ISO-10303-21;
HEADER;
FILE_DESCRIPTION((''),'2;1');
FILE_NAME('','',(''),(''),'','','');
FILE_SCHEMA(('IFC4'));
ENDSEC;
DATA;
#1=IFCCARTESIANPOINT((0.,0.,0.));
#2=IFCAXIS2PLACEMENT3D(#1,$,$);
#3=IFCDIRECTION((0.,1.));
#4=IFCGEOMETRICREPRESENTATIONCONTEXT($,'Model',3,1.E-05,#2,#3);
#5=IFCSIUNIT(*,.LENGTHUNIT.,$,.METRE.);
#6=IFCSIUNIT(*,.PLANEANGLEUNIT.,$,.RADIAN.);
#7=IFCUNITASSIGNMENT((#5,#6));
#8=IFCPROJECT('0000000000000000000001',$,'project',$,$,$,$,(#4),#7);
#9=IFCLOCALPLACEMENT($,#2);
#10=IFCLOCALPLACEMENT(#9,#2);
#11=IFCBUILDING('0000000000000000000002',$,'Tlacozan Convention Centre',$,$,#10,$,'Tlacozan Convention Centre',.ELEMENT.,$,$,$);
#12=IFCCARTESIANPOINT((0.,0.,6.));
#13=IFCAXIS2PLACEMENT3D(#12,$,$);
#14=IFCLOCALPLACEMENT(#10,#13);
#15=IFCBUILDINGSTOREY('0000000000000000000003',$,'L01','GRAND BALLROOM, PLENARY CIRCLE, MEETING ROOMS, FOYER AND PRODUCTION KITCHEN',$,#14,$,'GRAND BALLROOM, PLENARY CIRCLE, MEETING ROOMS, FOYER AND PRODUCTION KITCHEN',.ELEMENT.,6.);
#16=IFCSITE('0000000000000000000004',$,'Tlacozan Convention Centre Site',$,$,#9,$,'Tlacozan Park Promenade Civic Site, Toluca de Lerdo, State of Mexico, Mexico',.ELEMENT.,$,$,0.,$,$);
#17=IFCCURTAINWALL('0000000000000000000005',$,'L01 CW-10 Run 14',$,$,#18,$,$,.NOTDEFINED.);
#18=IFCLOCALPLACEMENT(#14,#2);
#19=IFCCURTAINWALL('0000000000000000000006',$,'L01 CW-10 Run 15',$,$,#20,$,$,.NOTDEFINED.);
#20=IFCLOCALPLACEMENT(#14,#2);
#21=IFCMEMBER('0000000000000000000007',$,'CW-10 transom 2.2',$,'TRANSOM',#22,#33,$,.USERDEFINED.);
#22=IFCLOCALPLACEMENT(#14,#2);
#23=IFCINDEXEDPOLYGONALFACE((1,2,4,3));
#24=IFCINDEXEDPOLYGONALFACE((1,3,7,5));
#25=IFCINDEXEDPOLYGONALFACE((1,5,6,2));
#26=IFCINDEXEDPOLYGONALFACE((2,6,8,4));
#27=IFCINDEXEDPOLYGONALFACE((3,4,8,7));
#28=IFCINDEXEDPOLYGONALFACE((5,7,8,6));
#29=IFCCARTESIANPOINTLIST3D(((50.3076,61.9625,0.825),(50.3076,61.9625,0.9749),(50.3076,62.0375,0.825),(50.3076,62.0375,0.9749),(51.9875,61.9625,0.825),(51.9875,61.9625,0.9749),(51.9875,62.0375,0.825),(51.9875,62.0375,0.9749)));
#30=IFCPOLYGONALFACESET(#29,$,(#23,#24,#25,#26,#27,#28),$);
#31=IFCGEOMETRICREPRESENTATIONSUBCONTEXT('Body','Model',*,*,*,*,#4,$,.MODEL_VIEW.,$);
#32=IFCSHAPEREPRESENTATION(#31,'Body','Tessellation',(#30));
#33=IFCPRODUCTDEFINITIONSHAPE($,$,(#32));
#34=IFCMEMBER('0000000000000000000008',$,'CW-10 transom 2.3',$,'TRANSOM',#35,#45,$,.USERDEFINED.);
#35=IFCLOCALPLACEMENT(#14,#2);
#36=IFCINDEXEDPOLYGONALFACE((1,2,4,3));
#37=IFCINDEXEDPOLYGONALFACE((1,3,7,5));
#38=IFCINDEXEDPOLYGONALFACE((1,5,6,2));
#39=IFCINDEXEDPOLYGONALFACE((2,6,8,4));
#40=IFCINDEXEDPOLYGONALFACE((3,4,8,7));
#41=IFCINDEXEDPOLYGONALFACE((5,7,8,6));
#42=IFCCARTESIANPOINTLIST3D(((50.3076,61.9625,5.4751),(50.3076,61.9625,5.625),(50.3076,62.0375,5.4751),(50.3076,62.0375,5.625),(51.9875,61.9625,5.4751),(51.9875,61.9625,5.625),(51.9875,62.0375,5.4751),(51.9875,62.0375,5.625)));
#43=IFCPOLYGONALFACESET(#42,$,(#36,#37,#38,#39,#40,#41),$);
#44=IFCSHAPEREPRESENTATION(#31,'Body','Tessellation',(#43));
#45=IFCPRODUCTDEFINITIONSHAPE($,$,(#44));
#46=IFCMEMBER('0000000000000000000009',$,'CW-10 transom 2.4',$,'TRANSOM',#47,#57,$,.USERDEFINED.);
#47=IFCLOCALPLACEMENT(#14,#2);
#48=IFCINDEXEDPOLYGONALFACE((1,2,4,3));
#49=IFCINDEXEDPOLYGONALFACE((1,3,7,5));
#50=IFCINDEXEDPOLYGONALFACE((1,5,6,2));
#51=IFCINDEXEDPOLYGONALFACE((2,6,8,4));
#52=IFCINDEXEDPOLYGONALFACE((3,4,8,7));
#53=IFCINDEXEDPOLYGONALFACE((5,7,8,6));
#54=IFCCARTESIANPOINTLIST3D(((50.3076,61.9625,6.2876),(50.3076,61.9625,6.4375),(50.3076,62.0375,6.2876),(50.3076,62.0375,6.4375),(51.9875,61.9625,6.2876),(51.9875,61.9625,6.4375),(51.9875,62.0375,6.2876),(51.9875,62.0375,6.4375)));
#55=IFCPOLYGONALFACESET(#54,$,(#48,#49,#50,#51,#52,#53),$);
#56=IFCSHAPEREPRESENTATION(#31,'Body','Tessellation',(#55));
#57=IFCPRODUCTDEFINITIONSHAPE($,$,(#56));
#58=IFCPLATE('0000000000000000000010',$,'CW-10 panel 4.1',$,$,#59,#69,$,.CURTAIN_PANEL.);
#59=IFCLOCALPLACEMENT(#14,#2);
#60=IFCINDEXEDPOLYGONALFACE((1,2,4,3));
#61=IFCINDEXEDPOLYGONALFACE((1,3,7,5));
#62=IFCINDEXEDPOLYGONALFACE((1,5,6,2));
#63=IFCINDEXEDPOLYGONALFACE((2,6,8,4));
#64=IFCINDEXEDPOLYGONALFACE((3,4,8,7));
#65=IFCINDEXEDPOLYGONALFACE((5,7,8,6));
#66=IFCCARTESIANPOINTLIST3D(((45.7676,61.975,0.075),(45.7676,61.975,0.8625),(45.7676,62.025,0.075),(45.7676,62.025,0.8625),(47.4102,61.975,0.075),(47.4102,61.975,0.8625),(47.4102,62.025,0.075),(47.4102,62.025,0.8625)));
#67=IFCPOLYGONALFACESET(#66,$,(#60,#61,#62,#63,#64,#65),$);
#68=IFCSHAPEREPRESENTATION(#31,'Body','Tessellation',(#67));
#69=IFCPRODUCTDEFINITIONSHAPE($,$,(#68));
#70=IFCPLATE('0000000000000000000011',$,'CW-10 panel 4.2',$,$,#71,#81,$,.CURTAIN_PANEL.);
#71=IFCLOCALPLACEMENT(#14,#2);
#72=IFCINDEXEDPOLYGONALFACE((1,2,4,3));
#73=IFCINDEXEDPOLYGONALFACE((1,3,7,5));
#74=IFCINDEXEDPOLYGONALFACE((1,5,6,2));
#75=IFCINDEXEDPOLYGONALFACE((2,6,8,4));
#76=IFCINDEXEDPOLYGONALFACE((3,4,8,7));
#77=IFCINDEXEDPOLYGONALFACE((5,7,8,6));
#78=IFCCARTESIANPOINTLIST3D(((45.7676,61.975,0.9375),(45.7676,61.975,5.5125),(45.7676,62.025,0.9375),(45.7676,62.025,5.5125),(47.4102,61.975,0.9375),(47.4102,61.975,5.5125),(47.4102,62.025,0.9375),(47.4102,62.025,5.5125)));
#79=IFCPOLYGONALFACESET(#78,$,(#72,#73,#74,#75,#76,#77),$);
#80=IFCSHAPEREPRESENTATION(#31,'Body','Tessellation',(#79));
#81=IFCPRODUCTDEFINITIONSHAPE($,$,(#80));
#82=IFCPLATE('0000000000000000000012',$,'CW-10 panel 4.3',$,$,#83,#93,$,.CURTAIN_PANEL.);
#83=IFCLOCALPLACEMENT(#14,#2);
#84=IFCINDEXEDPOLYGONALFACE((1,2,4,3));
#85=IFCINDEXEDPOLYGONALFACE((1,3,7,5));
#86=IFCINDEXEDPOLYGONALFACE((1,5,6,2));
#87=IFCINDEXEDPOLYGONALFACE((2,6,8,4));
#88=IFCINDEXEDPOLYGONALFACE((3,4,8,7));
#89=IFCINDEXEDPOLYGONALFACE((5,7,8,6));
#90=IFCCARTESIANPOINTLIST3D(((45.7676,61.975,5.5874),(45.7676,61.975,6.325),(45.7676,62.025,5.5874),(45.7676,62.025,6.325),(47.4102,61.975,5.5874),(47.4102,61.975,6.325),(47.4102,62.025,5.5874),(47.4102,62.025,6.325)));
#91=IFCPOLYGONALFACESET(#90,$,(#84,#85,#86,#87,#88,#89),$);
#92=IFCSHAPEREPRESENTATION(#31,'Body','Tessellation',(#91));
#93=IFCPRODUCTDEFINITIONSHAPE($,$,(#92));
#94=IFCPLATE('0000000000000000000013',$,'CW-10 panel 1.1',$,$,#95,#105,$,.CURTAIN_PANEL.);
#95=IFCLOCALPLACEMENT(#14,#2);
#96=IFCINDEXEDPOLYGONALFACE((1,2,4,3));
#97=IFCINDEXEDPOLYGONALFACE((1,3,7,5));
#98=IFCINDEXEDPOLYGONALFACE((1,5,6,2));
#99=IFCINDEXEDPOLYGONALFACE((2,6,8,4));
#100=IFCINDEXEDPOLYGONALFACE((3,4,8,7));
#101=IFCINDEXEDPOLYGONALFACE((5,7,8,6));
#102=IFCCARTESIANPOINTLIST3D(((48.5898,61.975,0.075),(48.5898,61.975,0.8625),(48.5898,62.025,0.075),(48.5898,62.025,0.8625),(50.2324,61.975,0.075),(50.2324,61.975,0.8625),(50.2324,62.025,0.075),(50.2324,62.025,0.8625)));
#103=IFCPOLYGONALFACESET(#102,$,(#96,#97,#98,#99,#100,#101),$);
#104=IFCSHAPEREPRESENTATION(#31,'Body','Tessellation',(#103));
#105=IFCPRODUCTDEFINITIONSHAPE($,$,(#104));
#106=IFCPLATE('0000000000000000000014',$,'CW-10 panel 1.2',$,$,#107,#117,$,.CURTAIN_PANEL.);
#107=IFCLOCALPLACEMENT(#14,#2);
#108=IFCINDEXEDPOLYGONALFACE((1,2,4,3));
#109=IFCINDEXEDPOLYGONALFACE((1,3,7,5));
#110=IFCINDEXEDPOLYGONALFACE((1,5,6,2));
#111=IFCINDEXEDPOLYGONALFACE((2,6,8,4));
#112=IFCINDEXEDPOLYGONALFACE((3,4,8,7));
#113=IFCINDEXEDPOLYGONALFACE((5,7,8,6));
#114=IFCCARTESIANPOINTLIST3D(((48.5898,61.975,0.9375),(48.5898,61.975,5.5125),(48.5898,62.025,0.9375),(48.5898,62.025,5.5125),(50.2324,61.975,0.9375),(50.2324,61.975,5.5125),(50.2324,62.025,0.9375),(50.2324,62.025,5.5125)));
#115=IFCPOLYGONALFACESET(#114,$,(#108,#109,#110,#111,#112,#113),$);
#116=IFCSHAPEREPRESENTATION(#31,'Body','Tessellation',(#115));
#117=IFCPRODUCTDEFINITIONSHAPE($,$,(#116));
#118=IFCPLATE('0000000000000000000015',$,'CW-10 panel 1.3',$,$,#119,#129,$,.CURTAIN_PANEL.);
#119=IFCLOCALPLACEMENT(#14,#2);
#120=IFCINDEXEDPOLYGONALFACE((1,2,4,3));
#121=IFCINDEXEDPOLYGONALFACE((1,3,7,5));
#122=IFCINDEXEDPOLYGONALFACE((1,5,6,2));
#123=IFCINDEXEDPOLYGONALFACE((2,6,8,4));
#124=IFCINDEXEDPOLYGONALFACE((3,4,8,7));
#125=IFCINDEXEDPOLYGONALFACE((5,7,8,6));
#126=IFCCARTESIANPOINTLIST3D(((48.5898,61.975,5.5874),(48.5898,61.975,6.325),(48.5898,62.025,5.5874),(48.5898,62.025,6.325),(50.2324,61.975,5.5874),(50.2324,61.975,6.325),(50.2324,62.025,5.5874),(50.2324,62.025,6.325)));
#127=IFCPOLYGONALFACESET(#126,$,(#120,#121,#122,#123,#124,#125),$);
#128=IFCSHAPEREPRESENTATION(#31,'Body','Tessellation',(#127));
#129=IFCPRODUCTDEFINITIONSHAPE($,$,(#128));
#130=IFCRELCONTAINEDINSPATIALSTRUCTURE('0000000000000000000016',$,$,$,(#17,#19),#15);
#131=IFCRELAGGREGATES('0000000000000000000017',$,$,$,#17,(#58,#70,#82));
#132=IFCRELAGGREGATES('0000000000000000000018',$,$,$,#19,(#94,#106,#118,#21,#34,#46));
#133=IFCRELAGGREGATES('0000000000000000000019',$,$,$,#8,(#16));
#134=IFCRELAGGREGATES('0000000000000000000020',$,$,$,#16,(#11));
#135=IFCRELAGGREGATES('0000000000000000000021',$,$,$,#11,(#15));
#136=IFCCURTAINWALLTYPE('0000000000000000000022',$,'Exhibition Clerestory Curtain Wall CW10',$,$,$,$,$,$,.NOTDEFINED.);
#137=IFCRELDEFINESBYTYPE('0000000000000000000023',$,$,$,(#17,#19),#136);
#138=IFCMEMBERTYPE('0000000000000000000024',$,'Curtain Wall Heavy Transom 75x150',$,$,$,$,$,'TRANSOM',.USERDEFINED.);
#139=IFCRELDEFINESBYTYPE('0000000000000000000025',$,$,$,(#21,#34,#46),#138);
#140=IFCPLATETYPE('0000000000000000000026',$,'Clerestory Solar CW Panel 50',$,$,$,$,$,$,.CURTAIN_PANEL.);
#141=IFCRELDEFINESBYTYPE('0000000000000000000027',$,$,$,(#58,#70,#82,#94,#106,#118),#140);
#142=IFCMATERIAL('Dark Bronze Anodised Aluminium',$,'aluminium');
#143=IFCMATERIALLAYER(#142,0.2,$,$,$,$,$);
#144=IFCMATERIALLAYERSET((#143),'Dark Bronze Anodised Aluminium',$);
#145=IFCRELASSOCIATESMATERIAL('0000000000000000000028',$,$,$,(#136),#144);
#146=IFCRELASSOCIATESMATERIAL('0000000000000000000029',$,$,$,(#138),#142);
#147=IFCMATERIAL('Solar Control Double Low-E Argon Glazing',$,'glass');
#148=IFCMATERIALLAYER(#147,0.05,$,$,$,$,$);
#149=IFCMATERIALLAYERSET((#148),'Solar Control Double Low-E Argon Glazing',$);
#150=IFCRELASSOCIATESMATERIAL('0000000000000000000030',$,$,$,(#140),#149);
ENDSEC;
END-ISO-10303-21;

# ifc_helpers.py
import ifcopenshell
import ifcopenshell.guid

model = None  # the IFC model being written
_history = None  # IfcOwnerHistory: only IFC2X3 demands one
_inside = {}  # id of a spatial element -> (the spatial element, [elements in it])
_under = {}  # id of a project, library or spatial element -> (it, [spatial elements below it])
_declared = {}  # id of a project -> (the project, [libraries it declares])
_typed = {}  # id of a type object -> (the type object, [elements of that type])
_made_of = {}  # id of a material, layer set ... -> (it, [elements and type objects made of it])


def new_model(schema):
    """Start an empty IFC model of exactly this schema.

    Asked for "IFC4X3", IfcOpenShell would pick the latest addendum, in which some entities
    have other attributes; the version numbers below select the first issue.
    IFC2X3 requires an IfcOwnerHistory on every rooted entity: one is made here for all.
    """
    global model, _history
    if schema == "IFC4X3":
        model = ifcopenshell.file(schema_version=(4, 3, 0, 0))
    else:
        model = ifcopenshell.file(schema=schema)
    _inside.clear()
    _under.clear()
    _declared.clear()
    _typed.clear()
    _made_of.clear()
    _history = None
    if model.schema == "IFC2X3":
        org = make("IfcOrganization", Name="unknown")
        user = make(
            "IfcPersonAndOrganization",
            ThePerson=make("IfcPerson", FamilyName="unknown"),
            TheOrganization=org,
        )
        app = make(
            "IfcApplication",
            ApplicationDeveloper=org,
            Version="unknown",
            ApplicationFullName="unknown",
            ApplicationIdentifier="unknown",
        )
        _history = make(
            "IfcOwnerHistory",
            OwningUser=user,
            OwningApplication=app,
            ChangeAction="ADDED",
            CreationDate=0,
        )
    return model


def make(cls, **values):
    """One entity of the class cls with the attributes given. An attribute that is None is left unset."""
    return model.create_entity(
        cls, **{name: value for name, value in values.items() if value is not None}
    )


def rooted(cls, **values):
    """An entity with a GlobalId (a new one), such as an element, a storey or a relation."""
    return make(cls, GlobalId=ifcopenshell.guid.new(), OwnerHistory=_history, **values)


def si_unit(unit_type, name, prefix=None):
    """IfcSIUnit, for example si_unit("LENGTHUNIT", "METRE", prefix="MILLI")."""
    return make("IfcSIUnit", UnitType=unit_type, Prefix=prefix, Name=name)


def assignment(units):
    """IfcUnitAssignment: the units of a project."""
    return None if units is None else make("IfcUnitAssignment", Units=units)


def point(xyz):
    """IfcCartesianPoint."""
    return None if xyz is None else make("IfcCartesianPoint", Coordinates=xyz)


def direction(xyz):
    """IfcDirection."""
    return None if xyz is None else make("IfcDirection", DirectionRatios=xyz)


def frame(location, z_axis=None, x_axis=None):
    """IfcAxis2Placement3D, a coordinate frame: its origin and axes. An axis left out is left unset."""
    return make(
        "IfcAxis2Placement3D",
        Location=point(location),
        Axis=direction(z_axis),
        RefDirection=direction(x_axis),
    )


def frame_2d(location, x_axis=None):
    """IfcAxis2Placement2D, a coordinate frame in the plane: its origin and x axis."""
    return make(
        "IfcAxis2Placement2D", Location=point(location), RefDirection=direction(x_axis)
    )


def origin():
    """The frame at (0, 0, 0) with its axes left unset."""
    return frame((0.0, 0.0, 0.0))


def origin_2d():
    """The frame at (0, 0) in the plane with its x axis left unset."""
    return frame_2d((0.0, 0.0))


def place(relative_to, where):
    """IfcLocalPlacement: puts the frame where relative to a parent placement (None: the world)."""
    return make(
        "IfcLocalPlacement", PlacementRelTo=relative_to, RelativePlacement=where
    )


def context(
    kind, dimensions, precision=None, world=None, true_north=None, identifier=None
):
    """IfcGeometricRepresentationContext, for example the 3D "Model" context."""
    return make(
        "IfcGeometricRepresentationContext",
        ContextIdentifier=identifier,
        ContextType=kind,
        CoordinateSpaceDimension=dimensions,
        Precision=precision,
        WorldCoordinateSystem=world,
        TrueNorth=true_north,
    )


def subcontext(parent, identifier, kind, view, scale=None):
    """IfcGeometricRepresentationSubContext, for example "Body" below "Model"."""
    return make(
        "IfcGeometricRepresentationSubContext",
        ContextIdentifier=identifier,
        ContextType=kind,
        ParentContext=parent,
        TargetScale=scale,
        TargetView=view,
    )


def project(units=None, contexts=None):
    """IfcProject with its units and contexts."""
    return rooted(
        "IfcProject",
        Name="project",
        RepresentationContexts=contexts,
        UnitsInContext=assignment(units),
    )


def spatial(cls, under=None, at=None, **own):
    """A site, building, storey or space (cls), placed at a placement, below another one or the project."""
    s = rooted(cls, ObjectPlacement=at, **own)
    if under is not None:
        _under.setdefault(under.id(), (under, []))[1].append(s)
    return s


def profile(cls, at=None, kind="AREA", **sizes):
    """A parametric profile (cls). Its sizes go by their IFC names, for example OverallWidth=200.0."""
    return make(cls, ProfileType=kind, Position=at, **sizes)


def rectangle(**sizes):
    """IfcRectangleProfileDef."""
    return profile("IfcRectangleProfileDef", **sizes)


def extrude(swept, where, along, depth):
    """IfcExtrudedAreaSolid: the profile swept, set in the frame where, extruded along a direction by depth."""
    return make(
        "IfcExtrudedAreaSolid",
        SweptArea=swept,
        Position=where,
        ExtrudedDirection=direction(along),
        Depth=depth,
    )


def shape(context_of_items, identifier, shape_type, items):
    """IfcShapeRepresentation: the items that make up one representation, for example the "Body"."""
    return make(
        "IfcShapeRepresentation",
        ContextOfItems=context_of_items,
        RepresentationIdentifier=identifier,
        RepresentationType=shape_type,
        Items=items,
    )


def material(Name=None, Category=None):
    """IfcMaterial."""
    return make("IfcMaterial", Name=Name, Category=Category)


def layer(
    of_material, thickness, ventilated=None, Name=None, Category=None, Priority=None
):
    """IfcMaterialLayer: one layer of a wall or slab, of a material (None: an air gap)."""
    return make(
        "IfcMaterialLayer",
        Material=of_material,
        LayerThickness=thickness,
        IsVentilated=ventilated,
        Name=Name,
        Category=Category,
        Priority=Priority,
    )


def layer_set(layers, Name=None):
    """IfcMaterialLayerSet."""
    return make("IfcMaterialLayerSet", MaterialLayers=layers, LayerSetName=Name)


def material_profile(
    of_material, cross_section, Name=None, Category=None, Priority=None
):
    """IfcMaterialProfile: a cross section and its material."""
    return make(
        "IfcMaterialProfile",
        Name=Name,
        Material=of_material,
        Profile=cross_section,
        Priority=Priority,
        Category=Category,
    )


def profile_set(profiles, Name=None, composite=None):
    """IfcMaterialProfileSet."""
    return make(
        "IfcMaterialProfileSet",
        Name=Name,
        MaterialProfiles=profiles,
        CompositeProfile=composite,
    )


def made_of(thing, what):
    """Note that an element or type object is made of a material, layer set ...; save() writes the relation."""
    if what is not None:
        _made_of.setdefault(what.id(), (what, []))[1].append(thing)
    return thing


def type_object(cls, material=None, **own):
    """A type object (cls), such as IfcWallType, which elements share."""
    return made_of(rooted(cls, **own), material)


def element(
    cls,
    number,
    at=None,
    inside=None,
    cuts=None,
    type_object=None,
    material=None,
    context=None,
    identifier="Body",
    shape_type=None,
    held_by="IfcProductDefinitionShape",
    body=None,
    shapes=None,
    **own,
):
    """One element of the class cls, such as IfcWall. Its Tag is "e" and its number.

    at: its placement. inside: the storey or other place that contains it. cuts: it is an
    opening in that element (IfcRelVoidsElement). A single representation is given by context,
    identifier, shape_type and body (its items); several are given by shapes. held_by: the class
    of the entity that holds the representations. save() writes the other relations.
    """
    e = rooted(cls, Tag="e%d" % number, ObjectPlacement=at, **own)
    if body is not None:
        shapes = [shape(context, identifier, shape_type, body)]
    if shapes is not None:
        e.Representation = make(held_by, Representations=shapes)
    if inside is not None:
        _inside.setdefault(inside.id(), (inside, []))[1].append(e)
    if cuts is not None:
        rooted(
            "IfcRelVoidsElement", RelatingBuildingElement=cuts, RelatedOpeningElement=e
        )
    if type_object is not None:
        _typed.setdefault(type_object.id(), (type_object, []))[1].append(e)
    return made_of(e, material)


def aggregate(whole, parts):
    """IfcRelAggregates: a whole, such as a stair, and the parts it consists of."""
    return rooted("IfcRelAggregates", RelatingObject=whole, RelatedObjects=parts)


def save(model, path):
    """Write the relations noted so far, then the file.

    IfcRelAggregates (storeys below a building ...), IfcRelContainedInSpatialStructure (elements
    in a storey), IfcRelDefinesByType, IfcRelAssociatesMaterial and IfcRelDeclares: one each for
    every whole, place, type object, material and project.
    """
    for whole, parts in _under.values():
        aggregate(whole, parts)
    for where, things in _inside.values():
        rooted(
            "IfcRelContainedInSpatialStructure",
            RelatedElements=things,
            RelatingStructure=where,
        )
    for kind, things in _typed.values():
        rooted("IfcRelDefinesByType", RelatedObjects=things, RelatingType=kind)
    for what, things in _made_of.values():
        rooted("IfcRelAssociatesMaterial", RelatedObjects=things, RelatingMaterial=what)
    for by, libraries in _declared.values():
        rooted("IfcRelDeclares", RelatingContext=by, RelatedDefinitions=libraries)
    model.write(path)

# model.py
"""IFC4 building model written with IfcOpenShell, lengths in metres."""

from ifc_helpers import new_model, si_unit, direction, frame, origin, origin_2d, place, context, subcontext, project, spatial, rectangle, extrude, material, layer, layer_set, material_profile, profile_set, type_object, element, aggregate, save


model = new_model("IFC4")

# Units and contexts
model_context = context("Model", 3, precision=1e-05, world=origin(), true_north=direction((0.0, 1.0)))
body_context = subcontext(model_context, "Body", "Model", "MODEL_VIEW")
ifc_project = project(units=[si_unit("LENGTHUNIT", "METRE"), si_unit("PLANEANGLEUNIT", "RADIAN")], contexts=[model_context])

# Site, building, storey
site_placement = place(None, origin())
site = spatial("IfcSite", under=ifc_project, at=site_placement, Name="Tlacozan Convention Centre Site", LongName="Tlacozan Park Promenade Civic Site, Toluca de Lerdo, State of Mexico, Mexico", CompositionType="ELEMENT", RefElevation=0.0)
building_placement = place(site_placement, origin())
building = spatial("IfcBuilding", under=site, at=building_placement, Name="Tlacozan Convention Centre", LongName="Tlacozan Convention Centre", CompositionType="ELEMENT")
storey_placement = place(building_placement, frame((0.0, 0.0, 6.0)))
storey = spatial("IfcBuildingStorey", under=building, at=storey_placement, Name="L01", Description="GRAND BALLROOM, PLENARY CIRCLE, MEETING ROOMS, FOYER AND PRODUCTION KITCHEN", LongName="GRAND BALLROOM, PLENARY CIRCLE, MEETING ROOMS, FOYER AND PRODUCTION KITCHEN", CompositionType="ELEMENT", Elevation=6.0)

# Curtain walls
ifc_material_1 = material(Name="Dark Bronze Anodised Aluminium", Category="aluminium")
ifc_layer_1 = layer(ifc_material_1, 0.2)
ifc_layer_set_1 = layer_set([ifc_layer_1], Name="Dark Bronze Anodised Aluminium")
curtain_wall_type = type_object("IfcCurtainWallType", Name="Exhibition Clerestory Curtain Wall CW10", PredefinedType="NOTDEFINED", material=ifc_layer_set_1)
curtain_wall_1_placement = place(storey_placement, origin())
curtain_wall_1 = element("IfcCurtainWall", 1, at=curtain_wall_1_placement, inside=storey, type_object=curtain_wall_type, Name="L01 CW-10 Run 14", PredefinedType="NOTDEFINED")
curtain_wall_2_placement = place(storey_placement, origin())
curtain_wall_2 = element("IfcCurtainWall", 2, at=curtain_wall_2_placement, inside=storey, type_object=curtain_wall_type, Name="L01 CW-10 Run 15", PredefinedType="NOTDEFINED")

# Members
ifc_material_profile_1 = material_profile(ifc_material_1, rectangle(XDim=0.075, YDim=0.1499, at=origin_2d()), Name="ALU 75x150")
ifc_profile_set_1 = profile_set([ifc_material_profile_1], Name="Dark Bronze Anodised Aluminium")
member_type_1 = type_object("IfcMemberType", Name="Curtain Wall Heavy Transom 75x150", ElementType="TRANSOM", PredefinedType="USERDEFINED", material=ifc_profile_set_1)
member_1_placement = place(storey_placement, frame((50.3076, 62.0, 0.8999), z_axis=(1.0, 0.0, 0.0), x_axis=(0.0, 1.0, 0.0)))
member_1 = element("IfcMember", 3, at=member_1_placement, type_object=member_type_1, Name="CW-10 transom 2.2", ObjectType="TRANSOM", PredefinedType="USERDEFINED", context=body_context, shape_type="SweptSolid", body=[
    extrude(rectangle(XDim=0.075, YDim=0.1499, at=origin_2d()), origin(), (0.0, 0.0, 1.0), 1.6799),
])
member_2_placement = place(storey_placement, frame((50.3076, 62.0, 5.55), z_axis=(1.0, 0.0, 0.0), x_axis=(0.0, 1.0, 0.0)))
member_2 = element("IfcMember", 4, at=member_2_placement, type_object=member_type_1, Name="CW-10 transom 2.3", ObjectType="TRANSOM", PredefinedType="USERDEFINED", context=body_context, shape_type="SweptSolid", body=[
    extrude(rectangle(XDim=0.075, YDim=0.1499, at=origin_2d()), origin(), (0.0, 0.0, 1.0), 1.6799),
])
member_3_placement = place(storey_placement, frame((50.3076, 62.0, 6.3625), z_axis=(1.0, 0.0, 0.0), x_axis=(0.0, 1.0, 0.0)))
member_3 = element("IfcMember", 5, at=member_3_placement, type_object=member_type_1, Name="CW-10 transom 2.4", ObjectType="TRANSOM", PredefinedType="USERDEFINED", context=body_context, shape_type="SweptSolid", body=[
    extrude(rectangle(XDim=0.075, YDim=0.1499, at=origin_2d()), origin(), (0.0, 0.0, 1.0), 1.6799),
])

# Plates
ifc_material_2 = material(Name="Solar Control Double Low-E Argon Glazing", Category="glass")
ifc_layer_2 = layer(ifc_material_2, 0.05)
ifc_layer_set_2 = layer_set([ifc_layer_2], Name="Solar Control Double Low-E Argon Glazing")
plate_type = type_object("IfcPlateType", Name="Clerestory Solar CW Panel 50", PredefinedType="CURTAIN_PANEL", material=ifc_layer_set_2)
plate_1_placement = place(storey_placement, frame((46.5889, 62.0, 0.075), z_axis=(0.0, 0.0, 1.0), x_axis=(1.0, 0.0, 0.0)))
plate_1 = element("IfcPlate", 6, at=plate_1_placement, type_object=plate_type, Name="CW-10 panel 4.1", PredefinedType="CURTAIN_PANEL", context=body_context, shape_type="SweptSolid", body=[
    extrude(rectangle(XDim=1.6426, YDim=0.05, at=origin_2d()), origin(), (0.0, 0.0, 1.0), 0.7876),
])
plate_2_placement = place(storey_placement, frame((46.5889, 62.0, 0.9375), z_axis=(0.0, 0.0, 1.0), x_axis=(1.0, 0.0, 0.0)))
plate_2 = element("IfcPlate", 7, at=plate_2_placement, type_object=plate_type, Name="CW-10 panel 4.2", PredefinedType="CURTAIN_PANEL", context=body_context, shape_type="SweptSolid", body=[
    extrude(rectangle(XDim=1.6426, YDim=0.05, at=origin_2d()), origin(), (0.0, 0.0, 1.0), 4.575),
])
plate_3_placement = place(storey_placement, frame((46.5889, 62.0, 5.5874), z_axis=(0.0, 0.0, 1.0), x_axis=(1.0, 0.0, 0.0)))
plate_3 = element("IfcPlate", 8, at=plate_3_placement, type_object=plate_type, Name="CW-10 panel 4.3", PredefinedType="CURTAIN_PANEL", context=body_context, shape_type="SweptSolid", body=[
    extrude(rectangle(XDim=1.6426, YDim=0.05, at=origin_2d()), origin(), (0.0, 0.0, 1.0), 0.7375),
])
aggregate(curtain_wall_1, [plate_1, plate_2, plate_3])
plate_4_placement = place(storey_placement, frame((49.4111, 62.0, 0.075), z_axis=(0.0, 0.0, 1.0), x_axis=(1.0, 0.0, 0.0)))
plate_4 = element("IfcPlate", 9, at=plate_4_placement, type_object=plate_type, Name="CW-10 panel 1.1", PredefinedType="CURTAIN_PANEL", context=body_context, shape_type="SweptSolid", body=[
    extrude(rectangle(XDim=1.6426, YDim=0.05, at=origin_2d()), origin(), (0.0, 0.0, 1.0), 0.7876),
])
plate_5_placement = place(storey_placement, frame((49.4111, 62.0, 0.9375), z_axis=(0.0, 0.0, 1.0), x_axis=(1.0, 0.0, 0.0)))
plate_5 = element("IfcPlate", 10, at=plate_5_placement, type_object=plate_type, Name="CW-10 panel 1.2", PredefinedType="CURTAIN_PANEL", context=body_context, shape_type="SweptSolid", body=[
    extrude(rectangle(XDim=1.6426, YDim=0.05, at=origin_2d()), origin(), (0.0, 0.0, 1.0), 4.575),
])
plate_6_placement = place(storey_placement, frame((49.4111, 62.0, 5.5874), z_axis=(0.0, 0.0, 1.0), x_axis=(1.0, 0.0, 0.0)))
plate_6 = element("IfcPlate", 11, at=plate_6_placement, type_object=plate_type, Name="CW-10 panel 1.3", PredefinedType="CURTAIN_PANEL", context=body_context, shape_type="SweptSolid", body=[
    extrude(rectangle(XDim=1.6426, YDim=0.05, at=origin_2d()), origin(), (0.0, 0.0, 1.0), 0.7375),
])
aggregate(curtain_wall_2, [plate_4, plate_5, plate_6, member_1, member_2, member_3])

save(model, "model.ifc")
